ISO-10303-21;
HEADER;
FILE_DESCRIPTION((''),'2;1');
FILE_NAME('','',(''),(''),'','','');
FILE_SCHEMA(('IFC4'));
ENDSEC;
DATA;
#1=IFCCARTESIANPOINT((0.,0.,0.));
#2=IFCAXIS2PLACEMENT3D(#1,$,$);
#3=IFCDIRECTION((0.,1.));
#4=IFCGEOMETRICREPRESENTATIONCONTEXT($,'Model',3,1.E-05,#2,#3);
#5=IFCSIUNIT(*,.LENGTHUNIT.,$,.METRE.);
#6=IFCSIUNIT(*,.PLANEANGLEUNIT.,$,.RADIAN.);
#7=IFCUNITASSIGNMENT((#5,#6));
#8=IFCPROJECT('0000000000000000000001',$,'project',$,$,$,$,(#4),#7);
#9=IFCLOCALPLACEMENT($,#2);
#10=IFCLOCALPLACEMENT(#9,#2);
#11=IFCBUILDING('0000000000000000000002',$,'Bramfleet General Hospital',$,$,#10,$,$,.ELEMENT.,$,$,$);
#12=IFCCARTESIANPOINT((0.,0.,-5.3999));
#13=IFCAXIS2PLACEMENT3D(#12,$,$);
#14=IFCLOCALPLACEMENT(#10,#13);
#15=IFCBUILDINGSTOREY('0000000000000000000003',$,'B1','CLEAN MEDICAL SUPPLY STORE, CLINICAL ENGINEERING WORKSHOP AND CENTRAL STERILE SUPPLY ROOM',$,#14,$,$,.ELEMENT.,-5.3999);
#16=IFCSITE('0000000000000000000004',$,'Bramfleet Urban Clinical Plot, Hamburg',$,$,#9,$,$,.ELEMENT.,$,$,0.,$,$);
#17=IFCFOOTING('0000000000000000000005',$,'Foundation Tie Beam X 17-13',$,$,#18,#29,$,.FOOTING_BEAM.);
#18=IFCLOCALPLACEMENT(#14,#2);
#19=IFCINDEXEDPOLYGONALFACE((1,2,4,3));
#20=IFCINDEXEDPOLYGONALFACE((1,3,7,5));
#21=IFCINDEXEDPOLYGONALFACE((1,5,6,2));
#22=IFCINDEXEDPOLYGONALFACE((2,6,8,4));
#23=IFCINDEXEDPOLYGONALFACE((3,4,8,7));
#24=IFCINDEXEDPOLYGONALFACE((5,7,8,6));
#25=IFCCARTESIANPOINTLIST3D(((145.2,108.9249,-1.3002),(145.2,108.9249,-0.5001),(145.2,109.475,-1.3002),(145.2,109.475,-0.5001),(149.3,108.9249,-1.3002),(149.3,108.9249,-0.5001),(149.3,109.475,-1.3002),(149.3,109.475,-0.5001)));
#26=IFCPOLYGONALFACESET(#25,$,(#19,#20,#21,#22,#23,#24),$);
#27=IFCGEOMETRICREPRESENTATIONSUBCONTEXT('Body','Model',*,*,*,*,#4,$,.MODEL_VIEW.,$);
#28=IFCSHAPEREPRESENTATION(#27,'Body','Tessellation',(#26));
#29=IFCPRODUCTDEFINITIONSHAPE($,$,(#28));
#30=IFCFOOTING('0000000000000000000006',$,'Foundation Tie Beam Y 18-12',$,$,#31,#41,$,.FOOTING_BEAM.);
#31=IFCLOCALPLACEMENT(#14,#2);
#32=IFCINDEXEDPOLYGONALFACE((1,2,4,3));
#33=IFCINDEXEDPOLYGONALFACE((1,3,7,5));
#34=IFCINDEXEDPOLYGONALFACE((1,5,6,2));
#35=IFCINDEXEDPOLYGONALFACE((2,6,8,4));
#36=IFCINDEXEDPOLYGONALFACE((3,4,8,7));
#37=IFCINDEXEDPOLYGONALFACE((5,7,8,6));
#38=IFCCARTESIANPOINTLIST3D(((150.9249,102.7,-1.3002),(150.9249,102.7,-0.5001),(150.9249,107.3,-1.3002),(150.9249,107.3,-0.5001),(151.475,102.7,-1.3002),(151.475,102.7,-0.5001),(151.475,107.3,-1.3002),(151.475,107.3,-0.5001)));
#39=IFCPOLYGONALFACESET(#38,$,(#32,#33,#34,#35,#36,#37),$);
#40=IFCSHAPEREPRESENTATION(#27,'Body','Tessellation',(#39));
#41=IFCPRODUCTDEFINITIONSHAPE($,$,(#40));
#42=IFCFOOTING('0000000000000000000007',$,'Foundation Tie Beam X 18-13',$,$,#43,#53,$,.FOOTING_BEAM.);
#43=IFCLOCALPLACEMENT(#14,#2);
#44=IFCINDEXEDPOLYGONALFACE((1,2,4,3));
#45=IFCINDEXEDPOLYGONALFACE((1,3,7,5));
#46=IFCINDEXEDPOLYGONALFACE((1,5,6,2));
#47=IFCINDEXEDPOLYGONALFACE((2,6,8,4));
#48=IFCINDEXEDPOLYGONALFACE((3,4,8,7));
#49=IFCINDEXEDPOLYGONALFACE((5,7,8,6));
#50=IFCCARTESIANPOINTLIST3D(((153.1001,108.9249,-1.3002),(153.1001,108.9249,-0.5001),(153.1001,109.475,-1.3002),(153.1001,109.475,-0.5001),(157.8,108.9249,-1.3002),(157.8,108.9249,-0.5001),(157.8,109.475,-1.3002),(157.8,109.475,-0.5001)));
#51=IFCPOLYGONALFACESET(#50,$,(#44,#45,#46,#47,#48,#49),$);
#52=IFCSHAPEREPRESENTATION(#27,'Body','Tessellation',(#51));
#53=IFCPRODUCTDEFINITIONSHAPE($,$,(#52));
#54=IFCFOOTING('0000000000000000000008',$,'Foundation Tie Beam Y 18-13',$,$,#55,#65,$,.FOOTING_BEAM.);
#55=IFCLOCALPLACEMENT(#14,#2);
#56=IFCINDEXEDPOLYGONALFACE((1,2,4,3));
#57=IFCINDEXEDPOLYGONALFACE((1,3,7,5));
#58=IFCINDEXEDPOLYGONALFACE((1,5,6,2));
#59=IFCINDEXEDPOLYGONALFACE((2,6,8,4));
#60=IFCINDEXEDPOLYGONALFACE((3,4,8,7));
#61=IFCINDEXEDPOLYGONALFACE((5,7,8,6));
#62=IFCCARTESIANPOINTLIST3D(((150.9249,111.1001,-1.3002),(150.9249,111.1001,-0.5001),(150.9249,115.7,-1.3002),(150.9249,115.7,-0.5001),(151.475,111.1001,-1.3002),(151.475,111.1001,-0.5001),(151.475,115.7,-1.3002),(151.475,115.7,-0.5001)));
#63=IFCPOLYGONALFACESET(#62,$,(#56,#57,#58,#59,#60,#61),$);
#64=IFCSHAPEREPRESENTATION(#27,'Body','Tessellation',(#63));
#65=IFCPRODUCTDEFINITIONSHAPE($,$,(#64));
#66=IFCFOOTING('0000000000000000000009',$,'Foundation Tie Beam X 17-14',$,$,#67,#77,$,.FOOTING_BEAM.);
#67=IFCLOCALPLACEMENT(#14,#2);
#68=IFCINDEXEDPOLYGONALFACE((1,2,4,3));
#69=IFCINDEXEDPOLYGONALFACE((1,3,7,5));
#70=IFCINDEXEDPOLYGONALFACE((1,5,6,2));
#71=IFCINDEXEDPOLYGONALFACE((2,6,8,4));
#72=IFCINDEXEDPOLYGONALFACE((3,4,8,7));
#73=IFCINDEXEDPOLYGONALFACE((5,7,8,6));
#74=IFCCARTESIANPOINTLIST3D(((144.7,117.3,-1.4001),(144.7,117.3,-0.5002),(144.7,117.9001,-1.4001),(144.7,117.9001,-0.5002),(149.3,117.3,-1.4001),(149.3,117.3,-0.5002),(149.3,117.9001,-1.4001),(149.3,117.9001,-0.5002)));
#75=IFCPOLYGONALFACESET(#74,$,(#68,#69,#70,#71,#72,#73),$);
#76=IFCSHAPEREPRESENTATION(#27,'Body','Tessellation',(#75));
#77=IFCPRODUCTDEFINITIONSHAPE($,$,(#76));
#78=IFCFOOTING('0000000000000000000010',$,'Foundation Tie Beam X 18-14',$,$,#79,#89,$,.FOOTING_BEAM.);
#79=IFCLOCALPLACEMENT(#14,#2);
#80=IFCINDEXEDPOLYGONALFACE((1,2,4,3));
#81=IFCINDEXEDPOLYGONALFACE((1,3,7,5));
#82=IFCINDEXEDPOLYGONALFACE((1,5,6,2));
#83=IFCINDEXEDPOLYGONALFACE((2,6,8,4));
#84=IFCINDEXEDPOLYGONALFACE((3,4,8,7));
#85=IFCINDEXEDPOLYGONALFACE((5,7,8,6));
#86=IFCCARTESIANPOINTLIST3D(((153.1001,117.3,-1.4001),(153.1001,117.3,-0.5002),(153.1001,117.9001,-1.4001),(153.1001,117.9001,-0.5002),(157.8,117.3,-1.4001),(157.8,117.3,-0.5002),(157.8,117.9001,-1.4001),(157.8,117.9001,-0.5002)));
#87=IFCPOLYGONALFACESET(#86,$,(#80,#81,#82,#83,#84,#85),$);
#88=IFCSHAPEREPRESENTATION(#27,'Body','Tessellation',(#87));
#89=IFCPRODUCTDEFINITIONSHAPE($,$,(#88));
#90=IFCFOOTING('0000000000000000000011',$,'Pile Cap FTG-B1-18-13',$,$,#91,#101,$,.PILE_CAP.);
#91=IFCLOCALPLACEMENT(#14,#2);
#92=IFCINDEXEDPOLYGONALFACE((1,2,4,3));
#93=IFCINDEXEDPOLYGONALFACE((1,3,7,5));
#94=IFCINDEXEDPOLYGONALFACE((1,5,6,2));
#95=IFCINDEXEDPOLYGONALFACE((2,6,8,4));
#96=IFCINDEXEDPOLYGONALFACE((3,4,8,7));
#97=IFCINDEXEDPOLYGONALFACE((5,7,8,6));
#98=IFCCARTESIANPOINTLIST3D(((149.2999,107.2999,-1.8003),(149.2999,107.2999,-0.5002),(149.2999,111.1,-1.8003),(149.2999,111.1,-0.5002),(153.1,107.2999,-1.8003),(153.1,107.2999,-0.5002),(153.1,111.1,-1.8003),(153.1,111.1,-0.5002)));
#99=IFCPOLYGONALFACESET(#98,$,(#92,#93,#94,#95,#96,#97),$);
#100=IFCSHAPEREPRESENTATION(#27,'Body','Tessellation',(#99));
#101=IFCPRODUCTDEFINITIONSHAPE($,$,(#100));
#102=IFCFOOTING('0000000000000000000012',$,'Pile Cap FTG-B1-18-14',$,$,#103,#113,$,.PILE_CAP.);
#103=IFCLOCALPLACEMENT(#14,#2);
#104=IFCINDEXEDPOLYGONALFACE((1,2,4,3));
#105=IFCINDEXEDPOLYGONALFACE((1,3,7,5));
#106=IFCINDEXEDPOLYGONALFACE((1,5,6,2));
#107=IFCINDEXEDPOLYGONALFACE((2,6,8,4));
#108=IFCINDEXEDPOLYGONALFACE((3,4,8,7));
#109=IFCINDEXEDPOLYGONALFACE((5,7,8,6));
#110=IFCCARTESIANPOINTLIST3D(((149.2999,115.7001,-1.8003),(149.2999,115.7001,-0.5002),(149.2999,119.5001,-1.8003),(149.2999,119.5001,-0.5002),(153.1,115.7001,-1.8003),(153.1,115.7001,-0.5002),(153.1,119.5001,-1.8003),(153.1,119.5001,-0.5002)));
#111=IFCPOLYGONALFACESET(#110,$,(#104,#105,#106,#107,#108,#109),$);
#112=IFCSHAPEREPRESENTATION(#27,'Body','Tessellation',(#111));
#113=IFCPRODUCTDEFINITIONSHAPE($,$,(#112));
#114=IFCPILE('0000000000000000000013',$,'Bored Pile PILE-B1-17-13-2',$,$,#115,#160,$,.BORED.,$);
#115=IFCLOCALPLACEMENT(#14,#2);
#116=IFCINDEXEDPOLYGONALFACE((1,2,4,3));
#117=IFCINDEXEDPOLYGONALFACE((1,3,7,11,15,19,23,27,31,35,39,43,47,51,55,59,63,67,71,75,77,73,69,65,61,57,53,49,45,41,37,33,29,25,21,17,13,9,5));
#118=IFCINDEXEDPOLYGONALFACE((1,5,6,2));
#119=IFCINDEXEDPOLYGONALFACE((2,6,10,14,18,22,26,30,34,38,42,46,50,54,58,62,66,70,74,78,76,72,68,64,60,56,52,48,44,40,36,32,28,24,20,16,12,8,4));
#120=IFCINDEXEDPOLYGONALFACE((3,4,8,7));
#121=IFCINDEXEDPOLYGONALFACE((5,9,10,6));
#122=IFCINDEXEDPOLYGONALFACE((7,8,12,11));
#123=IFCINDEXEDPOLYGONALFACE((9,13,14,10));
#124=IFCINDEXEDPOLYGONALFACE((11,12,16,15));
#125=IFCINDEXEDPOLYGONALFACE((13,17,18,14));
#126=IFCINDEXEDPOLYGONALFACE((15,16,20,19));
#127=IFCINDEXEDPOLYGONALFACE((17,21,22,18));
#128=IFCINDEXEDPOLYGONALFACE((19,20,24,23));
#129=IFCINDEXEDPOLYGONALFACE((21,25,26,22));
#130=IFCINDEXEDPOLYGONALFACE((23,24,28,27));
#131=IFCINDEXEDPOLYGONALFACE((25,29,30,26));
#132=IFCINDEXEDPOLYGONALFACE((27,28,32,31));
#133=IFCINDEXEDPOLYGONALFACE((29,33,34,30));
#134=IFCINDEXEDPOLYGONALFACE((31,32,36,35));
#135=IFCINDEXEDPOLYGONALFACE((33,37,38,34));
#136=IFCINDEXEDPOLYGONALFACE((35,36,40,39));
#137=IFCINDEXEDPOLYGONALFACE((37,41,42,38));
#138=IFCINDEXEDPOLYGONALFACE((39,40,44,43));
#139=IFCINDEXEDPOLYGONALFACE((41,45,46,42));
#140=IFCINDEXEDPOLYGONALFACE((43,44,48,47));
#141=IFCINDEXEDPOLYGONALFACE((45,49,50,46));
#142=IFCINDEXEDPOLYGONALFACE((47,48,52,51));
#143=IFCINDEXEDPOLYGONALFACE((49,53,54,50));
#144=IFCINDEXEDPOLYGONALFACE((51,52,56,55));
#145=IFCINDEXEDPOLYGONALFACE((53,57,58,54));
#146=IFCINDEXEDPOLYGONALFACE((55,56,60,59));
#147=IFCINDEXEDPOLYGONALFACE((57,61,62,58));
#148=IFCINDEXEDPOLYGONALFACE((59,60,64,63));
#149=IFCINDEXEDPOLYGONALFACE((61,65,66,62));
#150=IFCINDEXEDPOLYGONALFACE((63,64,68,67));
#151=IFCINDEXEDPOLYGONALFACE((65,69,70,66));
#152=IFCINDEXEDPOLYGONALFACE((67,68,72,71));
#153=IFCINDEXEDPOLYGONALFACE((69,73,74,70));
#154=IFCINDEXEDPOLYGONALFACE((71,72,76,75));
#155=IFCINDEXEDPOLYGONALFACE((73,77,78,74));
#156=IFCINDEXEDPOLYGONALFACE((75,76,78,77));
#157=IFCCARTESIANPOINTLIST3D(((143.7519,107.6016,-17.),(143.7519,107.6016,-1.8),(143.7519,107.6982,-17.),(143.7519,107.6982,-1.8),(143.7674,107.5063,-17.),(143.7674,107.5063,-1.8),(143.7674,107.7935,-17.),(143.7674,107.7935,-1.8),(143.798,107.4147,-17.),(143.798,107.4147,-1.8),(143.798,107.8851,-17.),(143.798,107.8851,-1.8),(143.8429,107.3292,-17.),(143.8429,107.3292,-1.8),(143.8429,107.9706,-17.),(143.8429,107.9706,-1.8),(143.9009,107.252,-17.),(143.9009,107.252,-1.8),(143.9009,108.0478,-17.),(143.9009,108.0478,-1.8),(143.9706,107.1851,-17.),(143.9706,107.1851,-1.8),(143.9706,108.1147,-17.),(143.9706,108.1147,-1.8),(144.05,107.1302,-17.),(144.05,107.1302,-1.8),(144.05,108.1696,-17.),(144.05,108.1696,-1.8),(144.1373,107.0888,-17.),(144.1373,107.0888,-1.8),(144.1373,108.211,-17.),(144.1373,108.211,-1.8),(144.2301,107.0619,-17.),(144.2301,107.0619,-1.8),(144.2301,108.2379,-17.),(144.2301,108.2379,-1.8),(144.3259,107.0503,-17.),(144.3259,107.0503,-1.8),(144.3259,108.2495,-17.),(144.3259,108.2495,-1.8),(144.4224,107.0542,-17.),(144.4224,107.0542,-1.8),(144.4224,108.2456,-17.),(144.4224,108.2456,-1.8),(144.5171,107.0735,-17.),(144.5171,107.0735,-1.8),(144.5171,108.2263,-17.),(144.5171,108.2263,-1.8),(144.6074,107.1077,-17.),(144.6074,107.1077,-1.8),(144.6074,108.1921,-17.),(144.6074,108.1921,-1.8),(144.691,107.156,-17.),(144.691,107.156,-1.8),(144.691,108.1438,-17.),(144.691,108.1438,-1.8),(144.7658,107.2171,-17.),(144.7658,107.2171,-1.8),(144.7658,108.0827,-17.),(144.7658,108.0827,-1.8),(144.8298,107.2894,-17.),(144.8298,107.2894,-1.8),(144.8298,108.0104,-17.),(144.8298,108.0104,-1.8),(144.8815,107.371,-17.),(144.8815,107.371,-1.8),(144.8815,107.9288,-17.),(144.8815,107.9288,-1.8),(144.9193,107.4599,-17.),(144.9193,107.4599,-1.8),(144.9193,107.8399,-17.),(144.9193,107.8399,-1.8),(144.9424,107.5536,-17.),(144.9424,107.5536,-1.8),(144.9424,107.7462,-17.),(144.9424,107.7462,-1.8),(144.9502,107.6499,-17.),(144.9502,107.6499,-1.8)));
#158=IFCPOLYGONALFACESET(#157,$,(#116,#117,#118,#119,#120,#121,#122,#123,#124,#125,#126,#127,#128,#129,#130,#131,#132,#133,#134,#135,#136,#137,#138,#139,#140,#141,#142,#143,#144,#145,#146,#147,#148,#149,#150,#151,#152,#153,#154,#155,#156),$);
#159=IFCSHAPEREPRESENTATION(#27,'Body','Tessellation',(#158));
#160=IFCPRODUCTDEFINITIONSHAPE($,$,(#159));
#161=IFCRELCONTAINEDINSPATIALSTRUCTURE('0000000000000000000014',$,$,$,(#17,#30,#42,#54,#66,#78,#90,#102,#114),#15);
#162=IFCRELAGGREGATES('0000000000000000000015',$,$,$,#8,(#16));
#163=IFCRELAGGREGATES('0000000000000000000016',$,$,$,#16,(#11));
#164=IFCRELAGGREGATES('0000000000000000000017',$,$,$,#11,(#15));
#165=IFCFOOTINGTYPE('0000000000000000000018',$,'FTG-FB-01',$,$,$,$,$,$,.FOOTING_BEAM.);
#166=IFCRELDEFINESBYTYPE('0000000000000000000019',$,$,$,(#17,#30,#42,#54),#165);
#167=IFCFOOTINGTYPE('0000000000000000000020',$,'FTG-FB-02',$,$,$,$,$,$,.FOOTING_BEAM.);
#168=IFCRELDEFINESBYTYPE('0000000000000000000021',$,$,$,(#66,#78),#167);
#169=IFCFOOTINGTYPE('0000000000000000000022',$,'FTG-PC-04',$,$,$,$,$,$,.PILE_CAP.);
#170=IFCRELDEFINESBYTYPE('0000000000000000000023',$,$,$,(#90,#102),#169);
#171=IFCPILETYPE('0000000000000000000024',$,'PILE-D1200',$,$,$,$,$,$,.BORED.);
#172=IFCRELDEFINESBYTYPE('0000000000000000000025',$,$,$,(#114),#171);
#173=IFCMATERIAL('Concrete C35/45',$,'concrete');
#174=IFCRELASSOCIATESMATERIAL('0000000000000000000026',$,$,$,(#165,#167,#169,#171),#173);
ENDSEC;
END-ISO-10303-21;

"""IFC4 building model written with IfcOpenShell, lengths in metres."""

from ifc_helpers import new_model, si_unit, direction, frame, origin, origin_2d, place, context, subcontext, project, spatial, rectangle, circle, extrude, material, material_profile, profile_set, type_object, element, save


model = new_model("IFC4")

# Units and contexts
model_context = context("Model", 3, precision=1e-05, world=origin(), true_north=direction((0.0, 1.0)))
body_context = subcontext(model_context, "Body", "Model", "MODEL_VIEW")
ifc_project = project(units=[si_unit("LENGTHUNIT", "METRE"), si_unit("PLANEANGLEUNIT", "RADIAN")], contexts=[model_context])

# Site, building, storey
site_placement = place(None, origin())
site = spatial("IfcSite", under=ifc_project, at=site_placement, Name="Bramfleet Urban Clinical Plot, Hamburg", CompositionType="ELEMENT", RefElevation=0.0)
building_placement = place(site_placement, origin())
building = spatial("IfcBuilding", under=site, at=building_placement, Name="Bramfleet General Hospital", CompositionType="ELEMENT")
storey_placement = place(building_placement, frame((0.0, 0.0, -5.3999)))
storey = spatial("IfcBuildingStorey", under=building, at=storey_placement, Name="B1", Description="CLEAN MEDICAL SUPPLY STORE, CLINICAL ENGINEERING WORKSHOP AND CENTRAL STERILE SUPPLY ROOM", CompositionType="ELEMENT", Elevation=-5.3999)

# Footings
ifc_material_1 = material(Name="Concrete C35/45", Category="concrete")
ifc_material_profile_1 = material_profile(ifc_material_1, rectangle(XDim=0.55, YDim=0.8, at=origin_2d()), Name="RC FB 800x550")
ifc_profile_set_1 = profile_set([ifc_material_profile_1], Name="Concrete C35/45")
footing_type_1 = type_object("IfcFootingType", Name="FTG-FB-01", PredefinedType="FOOTING_BEAM", material=ifc_profile_set_1)
footing_1_placement = place(storey_placement, frame((145.2, 109.2, -0.9001), z_axis=(1.0, 0.0, 0.0), x_axis=(0.0, 1.0, 0.0)))
element("IfcFooting", 1, at=footing_1_placement, inside=storey, type_object=footing_type_1, Name="Foundation Tie Beam X 17-13", PredefinedType="FOOTING_BEAM", context=body_context, shape_type="SweptSolid", body=[
    extrude(rectangle(XDim=0.55, YDim=0.8, at=origin_2d()), origin(), (0.0, 0.0, 1.0), 4.1001),
])
footing_2_placement = place(storey_placement, frame((151.2, 102.7, -0.9001), z_axis=(0.0, 1.0, 0.0), x_axis=(-1.0, 0.0, 0.0)))
element("IfcFooting", 2, at=footing_2_placement, inside=storey, type_object=footing_type_1, Name="Foundation Tie Beam Y 18-12", PredefinedType="FOOTING_BEAM", context=body_context, shape_type="SweptSolid", body=[
    extrude(rectangle(XDim=0.55, YDim=0.8, at=origin_2d()), origin(), (0.0, 0.0, 1.0), 4.6001),
])
footing_3_placement = place(storey_placement, frame((153.1001, 109.2, -0.9001), z_axis=(1.0, 0.0, 0.0), x_axis=(0.0, 1.0, 0.0)))
element("IfcFooting", 3, at=footing_3_placement, inside=storey, type_object=footing_type_1, Name="Foundation Tie Beam X 18-13", PredefinedType="FOOTING_BEAM", context=body_context, shape_type="SweptSolid", body=[
    extrude(rectangle(XDim=0.55, YDim=0.8, at=origin_2d()), origin(), (0.0, 0.0, 1.0), 4.7),
])
footing_4_placement = place(storey_placement, frame((151.2, 111.1001, -0.9001), z_axis=(0.0, 1.0, 0.0), x_axis=(-1.0, 0.0, 0.0)))
element("IfcFooting", 4, at=footing_4_placement, inside=storey, type_object=footing_type_1, Name="Foundation Tie Beam Y 18-13", PredefinedType="FOOTING_BEAM", context=body_context, shape_type="SweptSolid", body=[
    extrude(rectangle(XDim=0.55, YDim=0.8, at=origin_2d()), origin(), (0.0, 0.0, 1.0), 4.5999),
])
ifc_material_profile_2 = material_profile(ifc_material_1, rectangle(XDim=0.6001, YDim=0.8999, at=origin_2d()), Name="RC FB 900x600")
ifc_profile_set_2 = profile_set([ifc_material_profile_2], Name="Concrete C35/45")
footing_type_2 = type_object("IfcFootingType", Name="FTG-FB-02", PredefinedType="FOOTING_BEAM", material=ifc_profile_set_2)
footing_5_placement = place(storey_placement, frame((144.7, 117.6001, -0.9502), z_axis=(1.0, 0.0, 0.0), x_axis=(0.0, 1.0, 0.0)))
element("IfcFooting", 5, at=footing_5_placement, inside=storey, type_object=footing_type_2, Name="Foundation Tie Beam X 17-14", PredefinedType="FOOTING_BEAM", context=body_context, shape_type="SweptSolid", body=[
    extrude(rectangle(XDim=0.6001, YDim=0.8999, at=origin_2d()), origin(), (0.0, 0.0, 1.0), 4.6001),
])
footing_6_placement = place(storey_placement, frame((153.1001, 117.6001, -0.9502), z_axis=(1.0, 0.0, 0.0), x_axis=(0.0, 1.0, 0.0)))
element("IfcFooting", 6, at=footing_6_placement, inside=storey, type_object=footing_type_2, Name="Foundation Tie Beam X 18-14", PredefinedType="FOOTING_BEAM", context=body_context, shape_type="SweptSolid", body=[
    extrude(rectangle(XDim=0.6001, YDim=0.8999, at=origin_2d()), origin(), (0.0, 0.0, 1.0), 4.7),
])
footing_type_3 = type_object("IfcFootingType", Name="FTG-PC-04", PredefinedType="PILE_CAP", material=ifc_material_1)
for number, where, z_axis, x_axis, name in (
    (7, (151.2, 109.2, -1.8003), (0.0, 0.0, 1.0), (1.0, 0.0, 0.0), "Pile Cap FTG-B1-18-13"),
    (8, (151.2, 117.6001, -1.8003), (0.0, 0.0, 1.0), (1.0, 0.0, 0.0), "Pile Cap FTG-B1-18-14"),
):
    element("IfcFooting", number, at=place(storey_placement, frame(where, z_axis=z_axis, x_axis=x_axis)), inside=storey, type_object=footing_type_3, Name=name, PredefinedType="PILE_CAP", context=body_context, shape_type="SweptSolid", body=[
        extrude(rectangle(XDim=3.8, YDim=3.8, at=origin_2d()), origin(), (0.0, 0.0, 1.0), 1.3),
    ])

# Pile
ifc_material_profile_3 = material_profile(ifc_material_1, circle(Radius=0.6001, at=origin_2d()), Name="PILE BORED D1200")
ifc_profile_set_3 = profile_set([ifc_material_profile_3], Name="Concrete C35/45")
pile_type_1 = type_object("IfcPileType", Name="PILE-D1200", PredefinedType="BORED", material=ifc_profile_set_3)
for number, where, z_axis, x_axis, name in (
    (9, (144.3501, 107.6499, -1.8), (0.0, 0.0, -1.0), (1.0, 0.0, 0.0), "Bored Pile PILE-B1-17-13-2"),
):
    element("IfcPile", number, at=place(storey_placement, frame(where, z_axis=z_axis, x_axis=x_axis)), inside=storey, type_object=pile_type_1, Name=name, PredefinedType="BORED", context=body_context, shape_type="SweptSolid", body=[
        extrude(circle(Radius=0.6001, at=origin_2d()), origin(), (0.0, 0.0, 1.0), 15.2),
    ])

save(model, "model.ifc")
